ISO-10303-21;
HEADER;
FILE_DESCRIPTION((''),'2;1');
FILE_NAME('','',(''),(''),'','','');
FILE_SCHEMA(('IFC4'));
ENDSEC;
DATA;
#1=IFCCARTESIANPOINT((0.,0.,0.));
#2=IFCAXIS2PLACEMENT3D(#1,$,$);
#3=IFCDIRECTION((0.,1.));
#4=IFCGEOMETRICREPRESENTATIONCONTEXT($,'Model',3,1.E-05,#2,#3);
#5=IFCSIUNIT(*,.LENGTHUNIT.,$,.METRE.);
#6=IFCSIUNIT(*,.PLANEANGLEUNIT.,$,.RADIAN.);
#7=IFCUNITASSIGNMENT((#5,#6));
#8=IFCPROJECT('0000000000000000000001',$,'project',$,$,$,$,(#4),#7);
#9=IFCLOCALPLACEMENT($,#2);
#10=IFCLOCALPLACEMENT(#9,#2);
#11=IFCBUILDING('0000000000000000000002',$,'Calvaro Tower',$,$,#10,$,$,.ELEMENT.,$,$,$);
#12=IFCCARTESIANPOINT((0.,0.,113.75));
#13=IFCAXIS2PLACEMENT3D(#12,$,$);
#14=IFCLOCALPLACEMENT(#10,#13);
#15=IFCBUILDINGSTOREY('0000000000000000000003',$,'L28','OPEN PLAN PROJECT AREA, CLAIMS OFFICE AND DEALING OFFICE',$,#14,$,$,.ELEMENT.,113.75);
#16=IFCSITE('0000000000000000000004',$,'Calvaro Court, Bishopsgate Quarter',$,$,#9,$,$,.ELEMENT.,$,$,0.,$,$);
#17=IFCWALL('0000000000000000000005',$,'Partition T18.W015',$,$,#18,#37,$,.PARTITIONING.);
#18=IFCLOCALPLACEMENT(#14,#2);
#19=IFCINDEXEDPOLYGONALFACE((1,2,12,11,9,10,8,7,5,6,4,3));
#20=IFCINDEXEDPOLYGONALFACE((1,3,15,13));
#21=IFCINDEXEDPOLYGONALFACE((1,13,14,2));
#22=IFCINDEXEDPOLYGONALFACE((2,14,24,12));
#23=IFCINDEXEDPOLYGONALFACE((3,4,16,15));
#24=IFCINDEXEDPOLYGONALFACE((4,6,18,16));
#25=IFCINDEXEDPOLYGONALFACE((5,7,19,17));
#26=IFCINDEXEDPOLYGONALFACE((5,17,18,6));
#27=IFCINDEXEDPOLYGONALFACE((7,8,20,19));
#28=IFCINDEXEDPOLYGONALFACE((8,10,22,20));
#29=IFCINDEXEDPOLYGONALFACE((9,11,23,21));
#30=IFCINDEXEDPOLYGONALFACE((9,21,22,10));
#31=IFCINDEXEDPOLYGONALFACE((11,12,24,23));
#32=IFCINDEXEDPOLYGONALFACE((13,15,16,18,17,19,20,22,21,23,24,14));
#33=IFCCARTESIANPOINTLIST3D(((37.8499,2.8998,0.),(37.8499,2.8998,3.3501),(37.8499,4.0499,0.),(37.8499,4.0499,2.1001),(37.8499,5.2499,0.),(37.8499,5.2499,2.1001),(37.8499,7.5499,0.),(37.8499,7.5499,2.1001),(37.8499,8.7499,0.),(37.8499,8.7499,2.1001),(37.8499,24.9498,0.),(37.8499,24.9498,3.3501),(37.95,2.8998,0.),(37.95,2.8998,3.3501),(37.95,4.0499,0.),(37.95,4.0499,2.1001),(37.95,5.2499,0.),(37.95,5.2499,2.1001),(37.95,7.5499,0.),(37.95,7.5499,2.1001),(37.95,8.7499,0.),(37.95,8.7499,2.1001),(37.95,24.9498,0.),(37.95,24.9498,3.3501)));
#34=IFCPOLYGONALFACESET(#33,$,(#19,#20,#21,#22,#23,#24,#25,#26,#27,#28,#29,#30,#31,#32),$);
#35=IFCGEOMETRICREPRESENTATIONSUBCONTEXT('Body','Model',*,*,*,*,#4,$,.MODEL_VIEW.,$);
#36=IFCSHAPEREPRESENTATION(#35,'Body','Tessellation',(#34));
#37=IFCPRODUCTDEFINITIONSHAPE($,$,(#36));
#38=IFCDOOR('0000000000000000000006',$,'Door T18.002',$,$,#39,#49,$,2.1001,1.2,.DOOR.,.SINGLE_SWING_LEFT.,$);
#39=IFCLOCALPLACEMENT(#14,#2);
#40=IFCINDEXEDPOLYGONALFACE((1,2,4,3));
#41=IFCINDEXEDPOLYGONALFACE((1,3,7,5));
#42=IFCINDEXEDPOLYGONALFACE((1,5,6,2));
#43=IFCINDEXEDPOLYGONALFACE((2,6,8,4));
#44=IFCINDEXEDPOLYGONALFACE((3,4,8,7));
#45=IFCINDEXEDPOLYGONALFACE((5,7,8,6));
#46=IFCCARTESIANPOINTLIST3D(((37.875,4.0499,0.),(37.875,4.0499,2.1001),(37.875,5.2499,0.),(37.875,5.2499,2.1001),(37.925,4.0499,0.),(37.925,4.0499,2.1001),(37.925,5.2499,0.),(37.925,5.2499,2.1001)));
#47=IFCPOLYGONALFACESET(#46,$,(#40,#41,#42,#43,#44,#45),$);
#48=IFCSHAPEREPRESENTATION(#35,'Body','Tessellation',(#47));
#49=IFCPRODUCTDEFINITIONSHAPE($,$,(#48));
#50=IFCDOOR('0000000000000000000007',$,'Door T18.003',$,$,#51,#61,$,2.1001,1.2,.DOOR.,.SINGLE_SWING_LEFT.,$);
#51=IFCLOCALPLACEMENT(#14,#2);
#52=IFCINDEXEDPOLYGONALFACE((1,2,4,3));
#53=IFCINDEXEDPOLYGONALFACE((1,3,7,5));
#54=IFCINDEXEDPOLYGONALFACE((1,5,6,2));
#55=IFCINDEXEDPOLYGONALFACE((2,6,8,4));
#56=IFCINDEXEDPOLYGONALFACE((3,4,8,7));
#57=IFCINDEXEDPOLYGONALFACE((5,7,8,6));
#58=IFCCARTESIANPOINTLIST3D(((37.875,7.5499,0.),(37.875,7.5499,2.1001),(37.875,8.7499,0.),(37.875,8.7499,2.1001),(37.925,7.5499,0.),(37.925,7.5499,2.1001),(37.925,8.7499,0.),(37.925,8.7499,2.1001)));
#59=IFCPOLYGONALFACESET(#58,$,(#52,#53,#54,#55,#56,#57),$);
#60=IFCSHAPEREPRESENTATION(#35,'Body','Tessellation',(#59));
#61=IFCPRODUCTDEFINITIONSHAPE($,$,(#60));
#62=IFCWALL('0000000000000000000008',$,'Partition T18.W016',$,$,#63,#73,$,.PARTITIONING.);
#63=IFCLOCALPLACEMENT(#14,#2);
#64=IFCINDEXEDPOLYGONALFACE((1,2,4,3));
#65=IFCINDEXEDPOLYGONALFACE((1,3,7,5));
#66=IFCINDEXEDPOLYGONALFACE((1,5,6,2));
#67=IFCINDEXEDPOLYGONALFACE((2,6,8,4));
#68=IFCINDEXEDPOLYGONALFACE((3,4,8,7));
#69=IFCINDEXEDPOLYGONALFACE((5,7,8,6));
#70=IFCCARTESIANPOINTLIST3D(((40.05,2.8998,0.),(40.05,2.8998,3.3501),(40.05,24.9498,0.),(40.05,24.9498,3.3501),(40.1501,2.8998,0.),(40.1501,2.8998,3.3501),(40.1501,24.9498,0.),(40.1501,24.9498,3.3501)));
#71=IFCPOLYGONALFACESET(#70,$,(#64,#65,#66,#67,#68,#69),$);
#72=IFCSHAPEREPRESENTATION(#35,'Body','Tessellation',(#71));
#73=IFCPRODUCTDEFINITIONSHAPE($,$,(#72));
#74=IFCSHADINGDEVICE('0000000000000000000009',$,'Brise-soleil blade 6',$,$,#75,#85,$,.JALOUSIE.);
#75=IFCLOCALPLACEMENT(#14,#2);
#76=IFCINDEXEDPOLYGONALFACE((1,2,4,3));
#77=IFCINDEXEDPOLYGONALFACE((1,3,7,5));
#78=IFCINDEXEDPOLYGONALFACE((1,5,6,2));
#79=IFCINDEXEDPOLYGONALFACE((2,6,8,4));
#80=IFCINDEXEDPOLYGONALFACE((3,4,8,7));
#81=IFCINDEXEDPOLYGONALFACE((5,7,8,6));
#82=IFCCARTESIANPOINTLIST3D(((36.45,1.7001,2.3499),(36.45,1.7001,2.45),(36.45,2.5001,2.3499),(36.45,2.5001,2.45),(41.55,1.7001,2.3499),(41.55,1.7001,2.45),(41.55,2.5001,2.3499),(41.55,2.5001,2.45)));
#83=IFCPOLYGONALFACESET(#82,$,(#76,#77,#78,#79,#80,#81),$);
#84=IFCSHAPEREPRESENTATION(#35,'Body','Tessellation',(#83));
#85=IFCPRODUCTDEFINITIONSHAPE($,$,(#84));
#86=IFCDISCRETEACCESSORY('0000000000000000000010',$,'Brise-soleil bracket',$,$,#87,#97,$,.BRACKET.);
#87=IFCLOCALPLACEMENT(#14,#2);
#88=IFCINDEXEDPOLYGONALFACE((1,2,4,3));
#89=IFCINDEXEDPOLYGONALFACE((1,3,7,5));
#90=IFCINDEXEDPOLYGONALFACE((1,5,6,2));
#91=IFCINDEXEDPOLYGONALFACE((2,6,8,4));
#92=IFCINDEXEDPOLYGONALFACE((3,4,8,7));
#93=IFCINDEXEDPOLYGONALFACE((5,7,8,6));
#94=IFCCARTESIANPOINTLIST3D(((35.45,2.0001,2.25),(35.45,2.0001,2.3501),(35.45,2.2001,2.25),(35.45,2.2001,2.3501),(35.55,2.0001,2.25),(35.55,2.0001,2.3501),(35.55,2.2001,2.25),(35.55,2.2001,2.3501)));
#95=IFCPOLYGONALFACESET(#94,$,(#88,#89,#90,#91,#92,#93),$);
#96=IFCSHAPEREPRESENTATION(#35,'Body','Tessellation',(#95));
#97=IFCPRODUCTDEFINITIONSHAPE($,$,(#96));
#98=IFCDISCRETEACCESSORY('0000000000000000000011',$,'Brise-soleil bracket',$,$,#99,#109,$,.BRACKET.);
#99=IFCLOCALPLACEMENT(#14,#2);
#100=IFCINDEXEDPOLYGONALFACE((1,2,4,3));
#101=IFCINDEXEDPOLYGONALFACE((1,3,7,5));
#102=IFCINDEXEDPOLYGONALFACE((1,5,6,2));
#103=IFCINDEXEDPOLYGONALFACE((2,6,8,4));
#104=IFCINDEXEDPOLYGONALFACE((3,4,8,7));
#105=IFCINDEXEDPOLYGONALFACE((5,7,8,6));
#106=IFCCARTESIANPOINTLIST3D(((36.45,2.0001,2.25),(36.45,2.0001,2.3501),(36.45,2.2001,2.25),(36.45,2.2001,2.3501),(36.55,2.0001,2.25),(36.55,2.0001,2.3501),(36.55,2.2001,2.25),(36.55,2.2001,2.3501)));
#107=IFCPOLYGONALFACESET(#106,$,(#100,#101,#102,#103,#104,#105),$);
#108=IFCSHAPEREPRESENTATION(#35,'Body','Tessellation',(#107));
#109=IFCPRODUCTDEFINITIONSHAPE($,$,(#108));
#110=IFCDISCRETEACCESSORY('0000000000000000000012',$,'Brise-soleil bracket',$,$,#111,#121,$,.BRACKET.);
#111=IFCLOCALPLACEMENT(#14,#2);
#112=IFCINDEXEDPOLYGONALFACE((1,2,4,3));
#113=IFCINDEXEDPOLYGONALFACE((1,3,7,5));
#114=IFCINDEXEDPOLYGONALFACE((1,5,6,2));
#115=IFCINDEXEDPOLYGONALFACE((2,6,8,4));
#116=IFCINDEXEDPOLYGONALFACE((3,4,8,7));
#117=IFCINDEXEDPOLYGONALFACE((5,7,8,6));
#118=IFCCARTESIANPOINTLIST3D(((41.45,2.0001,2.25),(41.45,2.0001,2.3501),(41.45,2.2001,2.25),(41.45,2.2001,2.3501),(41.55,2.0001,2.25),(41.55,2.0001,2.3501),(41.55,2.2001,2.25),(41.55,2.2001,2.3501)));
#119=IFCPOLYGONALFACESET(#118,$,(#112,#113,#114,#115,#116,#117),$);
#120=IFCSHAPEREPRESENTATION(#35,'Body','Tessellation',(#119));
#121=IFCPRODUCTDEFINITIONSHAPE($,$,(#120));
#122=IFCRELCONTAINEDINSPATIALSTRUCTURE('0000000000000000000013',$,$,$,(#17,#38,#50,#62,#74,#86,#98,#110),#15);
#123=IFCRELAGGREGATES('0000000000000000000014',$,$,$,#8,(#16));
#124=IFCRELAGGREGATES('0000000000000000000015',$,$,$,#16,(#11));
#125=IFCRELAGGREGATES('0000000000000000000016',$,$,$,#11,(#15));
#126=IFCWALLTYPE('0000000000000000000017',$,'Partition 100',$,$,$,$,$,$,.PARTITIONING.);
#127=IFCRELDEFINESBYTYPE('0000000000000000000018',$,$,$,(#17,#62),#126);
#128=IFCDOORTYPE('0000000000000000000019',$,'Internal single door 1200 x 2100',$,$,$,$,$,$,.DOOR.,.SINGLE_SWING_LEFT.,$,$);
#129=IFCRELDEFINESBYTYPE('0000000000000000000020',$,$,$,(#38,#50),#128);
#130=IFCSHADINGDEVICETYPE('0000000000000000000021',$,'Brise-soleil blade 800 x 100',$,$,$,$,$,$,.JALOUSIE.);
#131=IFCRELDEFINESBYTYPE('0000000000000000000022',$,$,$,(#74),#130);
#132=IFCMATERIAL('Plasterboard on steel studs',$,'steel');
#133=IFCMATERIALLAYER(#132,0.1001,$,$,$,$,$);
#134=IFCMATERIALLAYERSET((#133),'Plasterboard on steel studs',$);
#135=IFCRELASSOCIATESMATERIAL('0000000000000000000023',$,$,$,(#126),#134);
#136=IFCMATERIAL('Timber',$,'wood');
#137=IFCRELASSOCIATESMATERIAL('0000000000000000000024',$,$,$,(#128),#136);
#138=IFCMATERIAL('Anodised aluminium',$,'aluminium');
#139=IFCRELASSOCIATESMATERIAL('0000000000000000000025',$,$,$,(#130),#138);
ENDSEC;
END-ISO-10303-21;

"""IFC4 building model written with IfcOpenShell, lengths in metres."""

from ifc_helpers import new_model, si_unit, direction, frame, frame_2d, origin, origin_2d, place, context, subcontext, project, spatial, rectangle, extrude, material, layer, layer_set, material_profile, profile_set, type_object, element, fill, save


model = new_model("IFC4")

# Units and contexts
model_context = context("Model", 3, precision=1e-05, world=origin(), true_north=direction((0.0, 1.0)))
body_context = subcontext(model_context, "Body", "Model", "MODEL_VIEW")
ifc_project = project(units=[si_unit("LENGTHUNIT", "METRE"), si_unit("PLANEANGLEUNIT", "RADIAN")], contexts=[model_context])

# Site, building, storey
site_placement = place(None, origin())
site = spatial("IfcSite", under=ifc_project, at=site_placement, Name="Calvaro Court, Bishopsgate Quarter", CompositionType="ELEMENT", RefElevation=0.0)
building_placement = place(site_placement, origin())
building = spatial("IfcBuilding", under=site, at=building_placement, Name="Calvaro Tower", CompositionType="ELEMENT")
storey_placement = place(building_placement, frame((0.0, 0.0, 113.75)))
storey = spatial("IfcBuildingStorey", under=building, at=storey_placement, Name="L28", Description="OPEN PLAN PROJECT AREA, CLAIMS OFFICE AND DEALING OFFICE", CompositionType="ELEMENT", Elevation=113.75)

# Wall, openings, doors
ifc_material_1 = material(Name="Plasterboard on steel studs", Category="steel")
ifc_layer_1 = layer(ifc_material_1, 0.1001)
ifc_layer_set_1 = layer_set([ifc_layer_1], Name="Plasterboard on steel studs")
wall_type = type_object("IfcWallType", Name="Partition 100", PredefinedType="PARTITIONING", material=ifc_layer_set_1)
wall_1_placement = place(storey_placement, frame((37.8999, 2.8999, 0.0), z_axis=(0.0, 0.0, 1.0), x_axis=(0.0, 1.0, 0.0)))
wall_1 = element("IfcWall", 1, at=wall_1_placement, inside=storey, type_object=wall_type, Name="Partition T18.W015", PredefinedType="PARTITIONING", context=body_context, shape_type="SweptSolid", body=[
    extrude(rectangle(XDim=22.05, YDim=0.1001, at=frame_2d((11.0249, 0.0))), origin(), (0.0, 0.0, 1.0), 3.3501),
])
opening_1_placement = place(wall_1_placement, frame((1.1499, 0.0, 0.0)))
opening_1 = element("IfcOpeningElement", 2, at=opening_1_placement, cuts=wall_1, PredefinedType="OPENING", context=body_context, shape_type="SweptSolid", body=[
    extrude(rectangle(XDim=1.2, YDim=2.1001, at=frame_2d((0.6001, 1.05))), frame((0.0, 0.0601, 0.0), z_axis=(0.0, -1.0, 0.0), x_axis=(1.0, 0.0, 0.0)), (0.0, 0.0, 1.0), 0.1201),
])
opening_2_placement = place(wall_1_placement, frame((4.6499, 0.0, 0.0)))
opening_2 = element("IfcOpeningElement", 3, at=opening_2_placement, cuts=wall_1, PredefinedType="OPENING", context=body_context, shape_type="SweptSolid", body=[
    extrude(rectangle(XDim=1.2, YDim=2.1001, at=frame_2d((0.6001, 1.05))), frame((0.0, 0.0601, 0.0), z_axis=(0.0, -1.0, 0.0), x_axis=(1.0, 0.0, 0.0)), (0.0, 0.0, 1.0), 0.1201),
])
ifc_material_2 = material(Name="Timber", Category="wood")
door_type = type_object("IfcDoorType", Name="Internal single door 1200 x 2100", OperationType="SINGLE_SWING_LEFT", PredefinedType="DOOR", material=ifc_material_2)
door_1_placement = place(opening_1_placement, origin())
door_1 = element("IfcDoor", 4, at=door_1_placement, inside=storey, type_object=door_type, Name="Door T18.002", OperationType="SINGLE_SWING_LEFT", OverallHeight=2.1001, OverallWidth=1.2, PredefinedType="DOOR", context=body_context, shape_type="SweptSolid", body=[
    extrude(rectangle(XDim=1.2, YDim=2.1001, at=frame_2d((0.6001, 1.05))), frame((0.0, 0.0249, 0.0), z_axis=(0.0, -1.0, 0.0), x_axis=(1.0, 0.0, 0.0)), (0.0, 0.0, 1.0), 0.05),
])
fill(opening_1, door_1)
door_2_placement = place(opening_2_placement, origin())
door_2 = element("IfcDoor", 5, at=door_2_placement, inside=storey, type_object=door_type, Name="Door T18.003", OperationType="SINGLE_SWING_LEFT", OverallHeight=2.1001, OverallWidth=1.2, PredefinedType="DOOR", context=body_context, shape_type="SweptSolid", body=[
    extrude(rectangle(XDim=1.2, YDim=2.1001, at=frame_2d((0.6001, 1.05))), frame((0.0, 0.0249, 0.0), z_axis=(0.0, -1.0, 0.0), x_axis=(1.0, 0.0, 0.0)), (0.0, 0.0, 1.0), 0.05),
])
fill(opening_2, door_2)

# Wall
wall_2_placement = place(storey_placement, frame((40.1001, 2.8999, 0.0), z_axis=(0.0, 0.0, 1.0), x_axis=(0.0, 1.0, 0.0)))
element("IfcWall", 6, at=wall_2_placement, inside=storey, type_object=wall_type, Name="Partition T18.W016", PredefinedType="PARTITIONING", context=body_context, shape_type="SweptSolid", body=[
    extrude(rectangle(XDim=22.05, YDim=0.1001, at=frame_2d((11.0249, 0.0))), origin(), (0.0, 0.0, 1.0), 3.3501),
])

# Shading device
ifc_material_3 = material(Name="Anodised aluminium", Category="aluminium")
ifc_material_profile_1 = material_profile(ifc_material_3, rectangle(XDim=0.8, YDim=0.1001, at=origin_2d()), Name="Brise-soleil blade 800 x 100")
ifc_profile_set_1 = profile_set([ifc_material_profile_1], Name="Anodised aluminium")
shading_device_type = type_object("IfcShadingDeviceType", Name="Brise-soleil blade 800 x 100", PredefinedType="JALOUSIE", material=ifc_profile_set_1)
shading_device_placement = place(storey_placement, frame((36.45, 2.1001, 2.3999), z_axis=(1.0, 0.0, 0.0), x_axis=(0.0, 1.0, 0.0)))
element("IfcShadingDevice", 7, at=shading_device_placement, inside=storey, type_object=shading_device_type, Name="Brise-soleil blade 6", PredefinedType="JALOUSIE", context=body_context, shape_type="SweptSolid", body=[
    extrude(rectangle(XDim=0.8, YDim=0.1001, at=origin_2d()), origin(), (0.0, 0.0, 1.0), 5.1001),
])

# Discrete accessories
for number, where, z_axis, x_axis, name in (
    (8, (35.5, 2.1001, 2.25), (0.0, 0.0, 1.0), (1.0, 0.0, 0.0), "Brise-soleil bracket"),
    (9, (36.5, 2.1001, 2.25), (0.0, 0.0, 1.0), (1.0, 0.0, 0.0), "Brise-soleil bracket"),
    (10, (41.5, 2.1001, 2.25), (0.0, 0.0, 1.0), (1.0, 0.0, 0.0), "Brise-soleil bracket"),
):
    element("IfcDiscreteAccessory", number, at=place(storey_placement, frame(where, z_axis=z_axis, x_axis=x_axis)), inside=storey, Name=name, PredefinedType="BRACKET", context=body_context, shape_type="SweptSolid", body=[
        extrude(rectangle(XDim=0.1001, YDim=0.2, at=origin_2d()), origin(), (0.0, 0.0, 1.0), 0.1001),
    ])

save(model, "model.ifc")
